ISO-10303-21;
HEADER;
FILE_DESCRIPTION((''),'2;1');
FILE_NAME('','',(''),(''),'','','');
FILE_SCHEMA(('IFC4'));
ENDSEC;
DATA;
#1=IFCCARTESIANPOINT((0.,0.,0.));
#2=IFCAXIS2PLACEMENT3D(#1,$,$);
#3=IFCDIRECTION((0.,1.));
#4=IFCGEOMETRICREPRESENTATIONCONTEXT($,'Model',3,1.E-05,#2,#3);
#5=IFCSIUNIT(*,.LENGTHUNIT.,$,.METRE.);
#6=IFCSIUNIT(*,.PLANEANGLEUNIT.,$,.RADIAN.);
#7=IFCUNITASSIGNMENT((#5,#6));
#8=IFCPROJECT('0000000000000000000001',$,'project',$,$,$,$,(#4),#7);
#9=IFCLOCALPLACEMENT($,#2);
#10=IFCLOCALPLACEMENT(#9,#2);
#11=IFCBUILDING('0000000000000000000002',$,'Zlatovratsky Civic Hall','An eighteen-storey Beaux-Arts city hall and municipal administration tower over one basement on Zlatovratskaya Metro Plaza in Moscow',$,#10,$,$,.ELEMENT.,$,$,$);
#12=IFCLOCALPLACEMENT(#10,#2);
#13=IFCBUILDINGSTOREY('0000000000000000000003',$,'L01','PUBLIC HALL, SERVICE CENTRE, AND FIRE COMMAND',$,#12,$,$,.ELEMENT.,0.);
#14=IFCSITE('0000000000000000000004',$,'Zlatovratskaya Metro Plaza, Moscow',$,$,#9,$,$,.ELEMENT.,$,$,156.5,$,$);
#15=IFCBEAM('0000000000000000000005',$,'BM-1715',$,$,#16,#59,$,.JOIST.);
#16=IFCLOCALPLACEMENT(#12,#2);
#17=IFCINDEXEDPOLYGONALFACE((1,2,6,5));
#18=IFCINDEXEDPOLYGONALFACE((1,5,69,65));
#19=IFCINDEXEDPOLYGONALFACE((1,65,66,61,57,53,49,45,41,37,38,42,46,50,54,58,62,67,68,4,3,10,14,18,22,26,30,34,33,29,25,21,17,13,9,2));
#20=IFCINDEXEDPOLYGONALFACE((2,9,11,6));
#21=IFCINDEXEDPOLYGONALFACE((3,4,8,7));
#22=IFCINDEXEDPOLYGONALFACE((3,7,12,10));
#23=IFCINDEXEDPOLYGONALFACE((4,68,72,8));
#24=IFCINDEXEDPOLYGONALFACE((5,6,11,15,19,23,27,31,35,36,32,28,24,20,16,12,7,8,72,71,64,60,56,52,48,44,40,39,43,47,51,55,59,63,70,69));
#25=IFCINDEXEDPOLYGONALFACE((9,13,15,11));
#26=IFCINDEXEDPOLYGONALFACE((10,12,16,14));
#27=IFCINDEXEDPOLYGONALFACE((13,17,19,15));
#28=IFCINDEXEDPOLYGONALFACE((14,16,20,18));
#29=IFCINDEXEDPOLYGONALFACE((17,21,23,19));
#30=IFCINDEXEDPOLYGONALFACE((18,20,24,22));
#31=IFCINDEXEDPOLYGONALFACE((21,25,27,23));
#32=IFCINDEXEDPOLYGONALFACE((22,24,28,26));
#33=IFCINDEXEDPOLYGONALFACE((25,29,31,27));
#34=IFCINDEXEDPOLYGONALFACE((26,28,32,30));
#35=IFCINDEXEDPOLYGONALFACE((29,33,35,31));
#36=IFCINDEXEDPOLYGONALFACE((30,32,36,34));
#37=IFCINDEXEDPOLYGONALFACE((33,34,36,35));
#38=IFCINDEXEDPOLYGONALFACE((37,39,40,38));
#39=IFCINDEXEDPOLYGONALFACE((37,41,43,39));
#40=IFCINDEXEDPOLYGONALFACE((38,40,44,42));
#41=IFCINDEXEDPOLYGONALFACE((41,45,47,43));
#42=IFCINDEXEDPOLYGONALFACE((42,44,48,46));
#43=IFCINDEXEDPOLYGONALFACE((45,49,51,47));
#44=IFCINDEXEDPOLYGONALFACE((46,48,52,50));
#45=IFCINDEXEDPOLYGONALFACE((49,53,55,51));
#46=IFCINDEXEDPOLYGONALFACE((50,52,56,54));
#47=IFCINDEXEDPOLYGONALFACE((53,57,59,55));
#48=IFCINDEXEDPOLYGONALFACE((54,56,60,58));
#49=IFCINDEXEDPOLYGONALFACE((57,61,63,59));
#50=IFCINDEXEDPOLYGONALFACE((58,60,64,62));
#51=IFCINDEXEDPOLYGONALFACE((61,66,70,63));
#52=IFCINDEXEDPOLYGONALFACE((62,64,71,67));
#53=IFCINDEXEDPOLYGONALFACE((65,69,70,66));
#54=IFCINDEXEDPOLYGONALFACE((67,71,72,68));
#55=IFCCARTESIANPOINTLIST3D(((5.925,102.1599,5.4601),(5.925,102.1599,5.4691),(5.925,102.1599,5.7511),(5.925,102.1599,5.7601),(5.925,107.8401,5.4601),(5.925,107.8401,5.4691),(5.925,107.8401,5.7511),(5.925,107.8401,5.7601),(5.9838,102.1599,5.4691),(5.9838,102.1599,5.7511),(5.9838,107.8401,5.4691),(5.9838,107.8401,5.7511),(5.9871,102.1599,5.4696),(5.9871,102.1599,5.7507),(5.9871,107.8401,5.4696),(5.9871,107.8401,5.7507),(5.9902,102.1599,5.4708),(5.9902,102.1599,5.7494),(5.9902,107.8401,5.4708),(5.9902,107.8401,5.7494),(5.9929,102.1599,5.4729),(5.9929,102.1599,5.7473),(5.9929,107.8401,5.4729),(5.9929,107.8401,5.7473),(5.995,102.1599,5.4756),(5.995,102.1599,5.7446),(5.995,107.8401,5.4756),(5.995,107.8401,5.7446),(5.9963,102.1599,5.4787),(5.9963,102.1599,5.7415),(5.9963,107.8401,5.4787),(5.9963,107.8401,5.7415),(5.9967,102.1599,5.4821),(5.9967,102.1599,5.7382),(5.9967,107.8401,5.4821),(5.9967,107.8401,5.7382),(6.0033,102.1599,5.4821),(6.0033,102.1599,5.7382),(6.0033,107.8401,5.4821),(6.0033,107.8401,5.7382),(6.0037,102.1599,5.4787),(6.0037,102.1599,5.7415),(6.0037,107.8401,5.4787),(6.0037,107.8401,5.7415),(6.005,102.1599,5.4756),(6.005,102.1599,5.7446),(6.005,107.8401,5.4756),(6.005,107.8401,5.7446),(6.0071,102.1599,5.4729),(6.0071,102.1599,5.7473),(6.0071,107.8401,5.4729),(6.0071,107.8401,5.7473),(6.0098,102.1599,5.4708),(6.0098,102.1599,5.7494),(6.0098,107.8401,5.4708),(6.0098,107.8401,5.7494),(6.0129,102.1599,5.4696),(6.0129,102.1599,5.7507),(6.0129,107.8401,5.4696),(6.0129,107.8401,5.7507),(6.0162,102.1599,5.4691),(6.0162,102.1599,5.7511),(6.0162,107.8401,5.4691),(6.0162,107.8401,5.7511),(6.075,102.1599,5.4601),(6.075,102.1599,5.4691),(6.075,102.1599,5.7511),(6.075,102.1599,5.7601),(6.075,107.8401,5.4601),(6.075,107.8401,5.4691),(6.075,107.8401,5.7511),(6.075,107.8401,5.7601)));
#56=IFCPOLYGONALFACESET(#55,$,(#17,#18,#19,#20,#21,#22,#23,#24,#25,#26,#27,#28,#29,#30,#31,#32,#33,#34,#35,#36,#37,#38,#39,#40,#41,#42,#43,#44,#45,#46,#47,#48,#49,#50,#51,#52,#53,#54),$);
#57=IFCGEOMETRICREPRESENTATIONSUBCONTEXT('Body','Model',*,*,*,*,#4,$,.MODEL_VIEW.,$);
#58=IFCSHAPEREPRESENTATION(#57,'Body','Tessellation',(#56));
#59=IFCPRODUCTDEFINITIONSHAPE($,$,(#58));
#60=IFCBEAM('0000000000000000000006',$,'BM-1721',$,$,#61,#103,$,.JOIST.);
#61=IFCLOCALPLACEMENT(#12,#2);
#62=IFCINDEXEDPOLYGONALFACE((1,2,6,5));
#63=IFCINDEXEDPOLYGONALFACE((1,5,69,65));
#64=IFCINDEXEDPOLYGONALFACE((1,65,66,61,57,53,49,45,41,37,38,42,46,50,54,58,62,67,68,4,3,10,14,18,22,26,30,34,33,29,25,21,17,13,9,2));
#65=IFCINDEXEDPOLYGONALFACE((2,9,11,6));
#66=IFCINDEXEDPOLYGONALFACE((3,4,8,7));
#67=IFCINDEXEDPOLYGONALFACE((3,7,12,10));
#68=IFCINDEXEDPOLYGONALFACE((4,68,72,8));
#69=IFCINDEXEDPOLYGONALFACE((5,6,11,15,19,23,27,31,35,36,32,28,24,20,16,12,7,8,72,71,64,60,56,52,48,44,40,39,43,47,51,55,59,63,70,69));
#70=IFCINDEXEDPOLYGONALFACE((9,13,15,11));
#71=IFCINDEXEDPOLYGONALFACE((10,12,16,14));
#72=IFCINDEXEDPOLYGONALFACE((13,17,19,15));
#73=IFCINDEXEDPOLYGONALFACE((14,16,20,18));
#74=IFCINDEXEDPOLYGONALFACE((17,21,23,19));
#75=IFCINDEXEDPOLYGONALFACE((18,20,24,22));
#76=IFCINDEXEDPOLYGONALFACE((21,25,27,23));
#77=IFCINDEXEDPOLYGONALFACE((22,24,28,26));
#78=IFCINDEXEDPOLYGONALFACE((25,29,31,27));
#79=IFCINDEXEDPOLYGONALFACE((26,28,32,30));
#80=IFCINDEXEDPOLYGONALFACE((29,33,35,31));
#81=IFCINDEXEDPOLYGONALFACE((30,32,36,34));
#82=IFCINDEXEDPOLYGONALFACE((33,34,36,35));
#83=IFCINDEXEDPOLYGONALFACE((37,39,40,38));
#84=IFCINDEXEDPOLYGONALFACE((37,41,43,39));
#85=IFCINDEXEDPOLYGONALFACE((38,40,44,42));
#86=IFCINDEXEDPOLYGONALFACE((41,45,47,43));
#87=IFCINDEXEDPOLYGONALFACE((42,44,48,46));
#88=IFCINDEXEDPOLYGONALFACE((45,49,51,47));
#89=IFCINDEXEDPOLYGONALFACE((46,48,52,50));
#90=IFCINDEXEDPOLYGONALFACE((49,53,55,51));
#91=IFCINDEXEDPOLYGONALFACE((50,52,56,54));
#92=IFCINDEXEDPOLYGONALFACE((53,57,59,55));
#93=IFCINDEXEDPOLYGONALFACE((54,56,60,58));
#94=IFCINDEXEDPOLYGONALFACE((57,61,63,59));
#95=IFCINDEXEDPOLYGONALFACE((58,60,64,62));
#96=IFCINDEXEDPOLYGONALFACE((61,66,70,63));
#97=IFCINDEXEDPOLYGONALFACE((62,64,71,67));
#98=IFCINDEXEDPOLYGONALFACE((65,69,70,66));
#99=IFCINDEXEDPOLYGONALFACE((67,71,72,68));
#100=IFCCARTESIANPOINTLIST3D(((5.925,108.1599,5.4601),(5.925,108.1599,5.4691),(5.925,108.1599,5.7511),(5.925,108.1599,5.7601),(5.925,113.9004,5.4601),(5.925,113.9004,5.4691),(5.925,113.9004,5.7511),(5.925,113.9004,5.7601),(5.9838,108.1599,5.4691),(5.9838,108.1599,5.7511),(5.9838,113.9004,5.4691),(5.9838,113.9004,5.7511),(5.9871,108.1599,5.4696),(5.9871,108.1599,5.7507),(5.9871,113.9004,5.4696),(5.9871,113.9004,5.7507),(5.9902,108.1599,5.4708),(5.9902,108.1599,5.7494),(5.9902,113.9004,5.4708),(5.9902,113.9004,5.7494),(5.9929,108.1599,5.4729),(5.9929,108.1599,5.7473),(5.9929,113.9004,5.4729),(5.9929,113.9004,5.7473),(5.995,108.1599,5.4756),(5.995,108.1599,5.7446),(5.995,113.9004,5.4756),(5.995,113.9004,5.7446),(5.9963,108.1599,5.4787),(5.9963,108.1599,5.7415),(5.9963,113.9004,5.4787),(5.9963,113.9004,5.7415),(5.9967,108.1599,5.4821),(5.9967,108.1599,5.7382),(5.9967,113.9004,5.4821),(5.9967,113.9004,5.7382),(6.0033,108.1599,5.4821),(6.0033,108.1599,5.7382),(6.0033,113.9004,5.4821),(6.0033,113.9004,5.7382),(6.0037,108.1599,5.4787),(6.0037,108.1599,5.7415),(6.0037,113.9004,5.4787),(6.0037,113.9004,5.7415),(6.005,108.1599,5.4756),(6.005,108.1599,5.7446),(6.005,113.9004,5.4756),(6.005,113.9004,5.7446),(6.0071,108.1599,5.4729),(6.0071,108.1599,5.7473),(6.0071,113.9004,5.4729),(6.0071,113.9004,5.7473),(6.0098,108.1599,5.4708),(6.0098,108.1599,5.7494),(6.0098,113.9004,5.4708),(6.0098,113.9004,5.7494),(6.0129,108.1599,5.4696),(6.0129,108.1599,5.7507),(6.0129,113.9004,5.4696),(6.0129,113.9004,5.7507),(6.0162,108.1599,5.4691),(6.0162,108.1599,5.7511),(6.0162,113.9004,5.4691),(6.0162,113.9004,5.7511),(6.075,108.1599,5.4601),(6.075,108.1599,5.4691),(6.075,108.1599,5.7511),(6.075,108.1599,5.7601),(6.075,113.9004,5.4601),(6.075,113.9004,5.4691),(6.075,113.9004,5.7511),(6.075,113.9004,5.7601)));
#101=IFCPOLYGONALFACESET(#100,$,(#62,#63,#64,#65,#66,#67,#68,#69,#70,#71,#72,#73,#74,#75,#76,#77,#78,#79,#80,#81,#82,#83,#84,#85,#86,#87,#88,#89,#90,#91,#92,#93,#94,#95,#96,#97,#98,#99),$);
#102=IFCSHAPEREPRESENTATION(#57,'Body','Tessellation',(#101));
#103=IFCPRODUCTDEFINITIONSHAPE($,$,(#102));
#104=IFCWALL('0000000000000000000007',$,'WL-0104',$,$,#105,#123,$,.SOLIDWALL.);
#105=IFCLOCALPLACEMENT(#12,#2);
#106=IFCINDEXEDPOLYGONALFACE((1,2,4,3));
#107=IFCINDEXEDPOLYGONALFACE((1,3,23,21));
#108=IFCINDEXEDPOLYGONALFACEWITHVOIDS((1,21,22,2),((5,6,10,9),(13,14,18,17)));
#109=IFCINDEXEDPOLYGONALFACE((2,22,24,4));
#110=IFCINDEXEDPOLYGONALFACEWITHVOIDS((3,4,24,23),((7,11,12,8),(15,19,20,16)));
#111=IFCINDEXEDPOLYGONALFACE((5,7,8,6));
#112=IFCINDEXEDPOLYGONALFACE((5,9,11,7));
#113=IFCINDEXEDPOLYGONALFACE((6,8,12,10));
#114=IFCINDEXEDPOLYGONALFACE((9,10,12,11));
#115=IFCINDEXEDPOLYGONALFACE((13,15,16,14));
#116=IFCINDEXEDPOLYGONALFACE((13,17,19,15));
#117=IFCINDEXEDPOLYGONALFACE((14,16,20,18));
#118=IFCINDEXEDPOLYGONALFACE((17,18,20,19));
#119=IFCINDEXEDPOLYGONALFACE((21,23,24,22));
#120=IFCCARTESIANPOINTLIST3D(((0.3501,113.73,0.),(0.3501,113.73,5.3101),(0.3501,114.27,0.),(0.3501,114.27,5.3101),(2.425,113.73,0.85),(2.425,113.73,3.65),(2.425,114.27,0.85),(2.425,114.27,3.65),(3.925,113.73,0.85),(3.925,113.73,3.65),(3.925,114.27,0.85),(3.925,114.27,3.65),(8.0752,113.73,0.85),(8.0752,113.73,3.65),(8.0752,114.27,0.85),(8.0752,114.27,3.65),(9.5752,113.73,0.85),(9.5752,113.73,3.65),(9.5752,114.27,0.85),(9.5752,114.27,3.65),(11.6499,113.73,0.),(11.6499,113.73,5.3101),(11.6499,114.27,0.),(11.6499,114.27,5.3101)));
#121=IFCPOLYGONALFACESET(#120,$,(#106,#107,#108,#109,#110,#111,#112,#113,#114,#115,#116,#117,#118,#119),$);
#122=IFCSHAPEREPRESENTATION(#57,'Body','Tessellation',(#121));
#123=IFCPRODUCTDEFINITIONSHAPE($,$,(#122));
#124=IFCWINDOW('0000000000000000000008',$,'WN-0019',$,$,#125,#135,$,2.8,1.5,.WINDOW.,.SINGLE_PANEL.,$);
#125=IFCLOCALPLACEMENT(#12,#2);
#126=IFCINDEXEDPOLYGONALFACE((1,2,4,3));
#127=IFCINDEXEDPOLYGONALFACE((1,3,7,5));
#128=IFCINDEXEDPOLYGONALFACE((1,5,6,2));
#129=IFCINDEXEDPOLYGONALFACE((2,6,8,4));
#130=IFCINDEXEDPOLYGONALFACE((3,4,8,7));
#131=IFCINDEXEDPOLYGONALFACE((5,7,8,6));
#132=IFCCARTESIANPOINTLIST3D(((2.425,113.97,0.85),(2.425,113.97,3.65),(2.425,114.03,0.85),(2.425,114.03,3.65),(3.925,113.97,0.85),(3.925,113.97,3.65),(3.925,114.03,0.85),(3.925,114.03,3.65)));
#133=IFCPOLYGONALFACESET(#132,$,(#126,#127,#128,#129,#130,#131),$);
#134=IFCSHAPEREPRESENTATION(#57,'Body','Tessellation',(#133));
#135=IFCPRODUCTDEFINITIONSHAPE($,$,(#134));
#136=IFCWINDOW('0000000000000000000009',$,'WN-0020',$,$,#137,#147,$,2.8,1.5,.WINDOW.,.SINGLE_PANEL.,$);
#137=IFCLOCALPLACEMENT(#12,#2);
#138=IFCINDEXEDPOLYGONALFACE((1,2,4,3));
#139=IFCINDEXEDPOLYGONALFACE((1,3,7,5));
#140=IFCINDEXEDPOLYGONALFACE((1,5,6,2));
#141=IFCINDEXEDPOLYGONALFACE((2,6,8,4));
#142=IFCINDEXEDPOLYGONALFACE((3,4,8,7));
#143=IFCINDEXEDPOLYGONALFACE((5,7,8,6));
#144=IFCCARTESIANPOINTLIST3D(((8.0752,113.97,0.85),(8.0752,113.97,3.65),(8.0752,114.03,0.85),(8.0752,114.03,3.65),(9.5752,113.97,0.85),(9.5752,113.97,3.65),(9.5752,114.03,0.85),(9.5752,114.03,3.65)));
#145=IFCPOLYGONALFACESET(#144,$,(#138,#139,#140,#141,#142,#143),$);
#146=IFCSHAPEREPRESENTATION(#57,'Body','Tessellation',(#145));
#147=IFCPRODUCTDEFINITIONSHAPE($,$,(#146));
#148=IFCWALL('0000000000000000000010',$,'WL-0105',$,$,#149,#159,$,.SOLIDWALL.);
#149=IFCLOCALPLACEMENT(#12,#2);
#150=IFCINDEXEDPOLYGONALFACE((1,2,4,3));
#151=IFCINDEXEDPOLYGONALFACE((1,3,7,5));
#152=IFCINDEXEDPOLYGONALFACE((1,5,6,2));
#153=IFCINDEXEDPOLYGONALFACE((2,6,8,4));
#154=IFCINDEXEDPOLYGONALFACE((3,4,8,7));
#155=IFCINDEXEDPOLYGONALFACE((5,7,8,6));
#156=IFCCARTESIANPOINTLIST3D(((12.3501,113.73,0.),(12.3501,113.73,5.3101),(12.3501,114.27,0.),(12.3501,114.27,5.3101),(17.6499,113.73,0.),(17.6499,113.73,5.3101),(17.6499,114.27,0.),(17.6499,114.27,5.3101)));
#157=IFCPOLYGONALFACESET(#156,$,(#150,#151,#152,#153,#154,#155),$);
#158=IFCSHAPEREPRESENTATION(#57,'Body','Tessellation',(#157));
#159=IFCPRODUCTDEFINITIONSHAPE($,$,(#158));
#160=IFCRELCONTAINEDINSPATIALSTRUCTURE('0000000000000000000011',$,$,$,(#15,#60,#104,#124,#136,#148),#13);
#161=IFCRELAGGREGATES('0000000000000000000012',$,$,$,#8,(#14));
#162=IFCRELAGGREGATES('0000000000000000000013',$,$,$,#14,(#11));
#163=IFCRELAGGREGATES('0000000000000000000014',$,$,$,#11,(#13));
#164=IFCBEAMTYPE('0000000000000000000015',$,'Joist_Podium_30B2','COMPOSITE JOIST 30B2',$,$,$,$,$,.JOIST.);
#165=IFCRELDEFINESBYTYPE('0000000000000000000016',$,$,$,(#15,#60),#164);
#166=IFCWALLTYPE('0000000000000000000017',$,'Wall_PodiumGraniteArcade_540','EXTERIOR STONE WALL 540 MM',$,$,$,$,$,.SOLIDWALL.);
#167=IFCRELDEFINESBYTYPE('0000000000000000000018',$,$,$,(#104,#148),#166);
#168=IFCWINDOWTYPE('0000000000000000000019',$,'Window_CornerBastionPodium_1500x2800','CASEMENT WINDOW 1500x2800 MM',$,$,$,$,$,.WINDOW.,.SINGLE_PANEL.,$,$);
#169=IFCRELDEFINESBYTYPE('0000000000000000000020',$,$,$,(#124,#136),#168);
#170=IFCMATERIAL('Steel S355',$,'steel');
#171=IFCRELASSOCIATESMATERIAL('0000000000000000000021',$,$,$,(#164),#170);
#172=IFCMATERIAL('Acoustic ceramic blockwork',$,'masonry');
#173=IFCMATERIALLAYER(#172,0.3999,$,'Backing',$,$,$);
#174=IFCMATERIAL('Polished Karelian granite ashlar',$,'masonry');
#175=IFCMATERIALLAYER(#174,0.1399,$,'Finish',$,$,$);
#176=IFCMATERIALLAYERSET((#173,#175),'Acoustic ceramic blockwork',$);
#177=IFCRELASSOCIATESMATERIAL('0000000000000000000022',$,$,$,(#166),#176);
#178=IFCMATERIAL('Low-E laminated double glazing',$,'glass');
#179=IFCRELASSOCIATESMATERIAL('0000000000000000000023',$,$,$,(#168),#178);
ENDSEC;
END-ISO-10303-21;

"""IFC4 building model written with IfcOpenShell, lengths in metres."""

from ifc_helpers import new_model, si_unit, direction, frame, frame_2d, origin, origin_2d, place, context, subcontext, project, spatial, rectangle, i_section, extrude, material, layer, layer_set, material_profile, profile_set, type_object, element, fill, save


model = new_model("IFC4")

# Units and contexts
model_context = context("Model", 3, precision=1e-05, world=origin(), true_north=direction((0.0, 1.0)))
body_context = subcontext(model_context, "Body", "Model", "MODEL_VIEW")
ifc_project = project(units=[si_unit("LENGTHUNIT", "METRE"), si_unit("PLANEANGLEUNIT", "RADIAN")], contexts=[model_context])

# Site, building, storey
site_placement = place(None, origin())
site = spatial("IfcSite", under=ifc_project, at=site_placement, Name="Zlatovratskaya Metro Plaza, Moscow", CompositionType="ELEMENT", RefElevation=156.5)
building_placement = place(site_placement, origin())
building = spatial("IfcBuilding", under=site, at=building_placement, Name="Zlatovratsky Civic Hall", Description="An eighteen-storey Beaux-Arts city hall and municipal administration tower over one basement on Zlatovratskaya Metro Plaza in Moscow", CompositionType="ELEMENT")
storey_placement = place(building_placement, origin())
storey = spatial("IfcBuildingStorey", under=building, at=storey_placement, Name="L01", Description="PUBLIC HALL, SERVICE CENTRE, AND FIRE COMMAND", CompositionType="ELEMENT", Elevation=0.0)

# Shared definitions
ifc_material_1 = material(Name="Steel S355", Category="steel")

# Beams
ifc_material_profile_1 = material_profile(ifc_material_1, i_section(OverallWidth=0.1499, OverallDepth=0.3, WebThickness=0.0066, FlangeThickness=0.009, FilletRadius=0.0129, at=origin_2d()), Name="30B2")
ifc_profile_set_1 = profile_set([ifc_material_profile_1], Name="Steel S355")
beam_type_1 = type_object("IfcBeamType", Name="Joist_Podium_30B2", Description="COMPOSITE JOIST 30B2", PredefinedType="JOIST", material=ifc_profile_set_1)
beam_1_placement = place(storey_placement, frame((6.0, 102.1599, 5.6101), z_axis=(0.0, 1.0, 0.0), x_axis=(-1.0, 0.0, 0.0)))
element("IfcBeam", 1, at=beam_1_placement, inside=storey, type_object=beam_type_1, Name="BM-1715", PredefinedType="JOIST", context=body_context, shape_type="SweptSolid", body=[
    extrude(i_section(OverallWidth=0.1499, OverallDepth=0.3, WebThickness=0.0066, FlangeThickness=0.009, FilletRadius=0.0129, at=origin_2d()), origin(), (0.0, 0.0, 1.0), 5.6802),
])
beam_2_placement = place(storey_placement, frame((6.0, 108.1599, 5.6101), z_axis=(0.0, 1.0, 0.0), x_axis=(-1.0, 0.0, 0.0)))
element("IfcBeam", 2, at=beam_2_placement, inside=storey, type_object=beam_type_1, Name="BM-1721", PredefinedType="JOIST", context=body_context, shape_type="SweptSolid", body=[
    extrude(i_section(OverallWidth=0.1499, OverallDepth=0.3, WebThickness=0.0066, FlangeThickness=0.009, FilletRadius=0.0129, at=origin_2d()), origin(), (0.0, 0.0, 1.0), 5.7405),
])

# Wall, openings, windows
ifc_material_2 = material(Name="Acoustic ceramic blockwork", Category="masonry")
ifc_layer_1 = layer(ifc_material_2, 0.3999, Name="Backing")
ifc_material_3 = material(Name="Polished Karelian granite ashlar", Category="masonry")
ifc_layer_2 = layer(ifc_material_3, 0.1399, Name="Finish")
ifc_layer_set = layer_set([ifc_layer_1, ifc_layer_2], Name="Acoustic ceramic blockwork")
wall_type = type_object("IfcWallType", Name="Wall_PodiumGraniteArcade_540", Description="EXTERIOR STONE WALL 540 MM", PredefinedType="SOLIDWALL", material=ifc_layer_set)
wall_1_placement = place(storey_placement, frame((0.3501, 114.0, 0.0), z_axis=(0.0, 0.0, 1.0), x_axis=(1.0, 0.0, 0.0)))
wall_1 = element("IfcWall", 3, at=wall_1_placement, inside=storey, type_object=wall_type, Name="WL-0104", PredefinedType="SOLIDWALL", context=body_context, shape_type="SweptSolid", body=[
    extrude(rectangle(XDim=11.2998, YDim=0.54, at=frame_2d((5.6499, 0.0))), origin(), (0.0, 0.0, 1.0), 5.3101),
])
opening_1_placement = place(wall_1_placement, frame((2.075, 0.0, 0.8501)))
opening_1 = element("IfcOpeningElement", 4, at=opening_1_placement, cuts=wall_1, PredefinedType="OPENING", context=body_context, shape_type="SweptSolid", body=[
    extrude(rectangle(XDim=1.5, YDim=2.8, at=frame_2d((0.75, 1.3999))), frame((0.0, 0.2849, 0.0), z_axis=(0.0, -1.0, 0.0), x_axis=(1.0, 0.0, 0.0)), (0.0, 0.0, 1.0), 0.5698),
])
opening_2_placement = place(wall_1_placement, frame((7.7251, 0.0, 0.8501)))
opening_2 = element("IfcOpeningElement", 5, at=opening_2_placement, cuts=wall_1, PredefinedType="OPENING", context=body_context, shape_type="SweptSolid", body=[
    extrude(rectangle(XDim=1.5, YDim=2.8, at=frame_2d((0.75, 1.3999))), frame((0.0, 0.2849, 0.0), z_axis=(0.0, -1.0, 0.0), x_axis=(1.0, 0.0, 0.0)), (0.0, 0.0, 1.0), 0.5698),
])
ifc_material_4 = material(Name="Low-E laminated double glazing", Category="glass")
window_type_1 = type_object("IfcWindowType", Name="Window_CornerBastionPodium_1500x2800", Description="CASEMENT WINDOW 1500x2800 MM", PartitioningType="SINGLE_PANEL", PredefinedType="WINDOW", material=ifc_material_4)
window_1_placement = place(opening_1_placement, origin())
window_1 = element("IfcWindow", 6, at=window_1_placement, inside=storey, type_object=window_type_1, Name="WN-0019", OverallHeight=2.8, OverallWidth=1.5, PartitioningType="SINGLE_PANEL", PredefinedType="WINDOW", context=body_context, shape_type="SweptSolid", body=[
    extrude(rectangle(XDim=1.5, YDim=2.8, at=frame_2d((0.75, 1.3999))), frame((0.0, 0.03, 0.0), z_axis=(0.0, -1.0, 0.0), x_axis=(1.0, 0.0, 0.0)), (0.0, 0.0, 1.0), 0.0601),
])
fill(opening_1, window_1)
window_2_placement = place(opening_2_placement, origin())
window_2 = element("IfcWindow", 7, at=window_2_placement, inside=storey, type_object=window_type_1, Name="WN-0020", OverallHeight=2.8, OverallWidth=1.5, PartitioningType="SINGLE_PANEL", PredefinedType="WINDOW", context=body_context, shape_type="SweptSolid", body=[
    extrude(rectangle(XDim=1.5, YDim=2.8, at=frame_2d((0.75, 1.3999))), frame((0.0, 0.03, 0.0), z_axis=(0.0, -1.0, 0.0), x_axis=(1.0, 0.0, 0.0)), (0.0, 0.0, 1.0), 0.0601),
])
fill(opening_2, window_2)

# Wall
wall_2_placement = place(storey_placement, frame((12.3501, 114.0, 0.0), z_axis=(0.0, 0.0, 1.0), x_axis=(1.0, 0.0, 0.0)))
element("IfcWall", 8, at=wall_2_placement, inside=storey, type_object=wall_type, Name="WL-0105", PredefinedType="SOLIDWALL", context=body_context, shape_type="SweptSolid", body=[
    extrude(rectangle(XDim=5.2998, YDim=0.54, at=frame_2d((2.6499, 0.0))), origin(), (0.0, 0.0, 1.0), 5.3101),
])

save(model, "model.ifc")
